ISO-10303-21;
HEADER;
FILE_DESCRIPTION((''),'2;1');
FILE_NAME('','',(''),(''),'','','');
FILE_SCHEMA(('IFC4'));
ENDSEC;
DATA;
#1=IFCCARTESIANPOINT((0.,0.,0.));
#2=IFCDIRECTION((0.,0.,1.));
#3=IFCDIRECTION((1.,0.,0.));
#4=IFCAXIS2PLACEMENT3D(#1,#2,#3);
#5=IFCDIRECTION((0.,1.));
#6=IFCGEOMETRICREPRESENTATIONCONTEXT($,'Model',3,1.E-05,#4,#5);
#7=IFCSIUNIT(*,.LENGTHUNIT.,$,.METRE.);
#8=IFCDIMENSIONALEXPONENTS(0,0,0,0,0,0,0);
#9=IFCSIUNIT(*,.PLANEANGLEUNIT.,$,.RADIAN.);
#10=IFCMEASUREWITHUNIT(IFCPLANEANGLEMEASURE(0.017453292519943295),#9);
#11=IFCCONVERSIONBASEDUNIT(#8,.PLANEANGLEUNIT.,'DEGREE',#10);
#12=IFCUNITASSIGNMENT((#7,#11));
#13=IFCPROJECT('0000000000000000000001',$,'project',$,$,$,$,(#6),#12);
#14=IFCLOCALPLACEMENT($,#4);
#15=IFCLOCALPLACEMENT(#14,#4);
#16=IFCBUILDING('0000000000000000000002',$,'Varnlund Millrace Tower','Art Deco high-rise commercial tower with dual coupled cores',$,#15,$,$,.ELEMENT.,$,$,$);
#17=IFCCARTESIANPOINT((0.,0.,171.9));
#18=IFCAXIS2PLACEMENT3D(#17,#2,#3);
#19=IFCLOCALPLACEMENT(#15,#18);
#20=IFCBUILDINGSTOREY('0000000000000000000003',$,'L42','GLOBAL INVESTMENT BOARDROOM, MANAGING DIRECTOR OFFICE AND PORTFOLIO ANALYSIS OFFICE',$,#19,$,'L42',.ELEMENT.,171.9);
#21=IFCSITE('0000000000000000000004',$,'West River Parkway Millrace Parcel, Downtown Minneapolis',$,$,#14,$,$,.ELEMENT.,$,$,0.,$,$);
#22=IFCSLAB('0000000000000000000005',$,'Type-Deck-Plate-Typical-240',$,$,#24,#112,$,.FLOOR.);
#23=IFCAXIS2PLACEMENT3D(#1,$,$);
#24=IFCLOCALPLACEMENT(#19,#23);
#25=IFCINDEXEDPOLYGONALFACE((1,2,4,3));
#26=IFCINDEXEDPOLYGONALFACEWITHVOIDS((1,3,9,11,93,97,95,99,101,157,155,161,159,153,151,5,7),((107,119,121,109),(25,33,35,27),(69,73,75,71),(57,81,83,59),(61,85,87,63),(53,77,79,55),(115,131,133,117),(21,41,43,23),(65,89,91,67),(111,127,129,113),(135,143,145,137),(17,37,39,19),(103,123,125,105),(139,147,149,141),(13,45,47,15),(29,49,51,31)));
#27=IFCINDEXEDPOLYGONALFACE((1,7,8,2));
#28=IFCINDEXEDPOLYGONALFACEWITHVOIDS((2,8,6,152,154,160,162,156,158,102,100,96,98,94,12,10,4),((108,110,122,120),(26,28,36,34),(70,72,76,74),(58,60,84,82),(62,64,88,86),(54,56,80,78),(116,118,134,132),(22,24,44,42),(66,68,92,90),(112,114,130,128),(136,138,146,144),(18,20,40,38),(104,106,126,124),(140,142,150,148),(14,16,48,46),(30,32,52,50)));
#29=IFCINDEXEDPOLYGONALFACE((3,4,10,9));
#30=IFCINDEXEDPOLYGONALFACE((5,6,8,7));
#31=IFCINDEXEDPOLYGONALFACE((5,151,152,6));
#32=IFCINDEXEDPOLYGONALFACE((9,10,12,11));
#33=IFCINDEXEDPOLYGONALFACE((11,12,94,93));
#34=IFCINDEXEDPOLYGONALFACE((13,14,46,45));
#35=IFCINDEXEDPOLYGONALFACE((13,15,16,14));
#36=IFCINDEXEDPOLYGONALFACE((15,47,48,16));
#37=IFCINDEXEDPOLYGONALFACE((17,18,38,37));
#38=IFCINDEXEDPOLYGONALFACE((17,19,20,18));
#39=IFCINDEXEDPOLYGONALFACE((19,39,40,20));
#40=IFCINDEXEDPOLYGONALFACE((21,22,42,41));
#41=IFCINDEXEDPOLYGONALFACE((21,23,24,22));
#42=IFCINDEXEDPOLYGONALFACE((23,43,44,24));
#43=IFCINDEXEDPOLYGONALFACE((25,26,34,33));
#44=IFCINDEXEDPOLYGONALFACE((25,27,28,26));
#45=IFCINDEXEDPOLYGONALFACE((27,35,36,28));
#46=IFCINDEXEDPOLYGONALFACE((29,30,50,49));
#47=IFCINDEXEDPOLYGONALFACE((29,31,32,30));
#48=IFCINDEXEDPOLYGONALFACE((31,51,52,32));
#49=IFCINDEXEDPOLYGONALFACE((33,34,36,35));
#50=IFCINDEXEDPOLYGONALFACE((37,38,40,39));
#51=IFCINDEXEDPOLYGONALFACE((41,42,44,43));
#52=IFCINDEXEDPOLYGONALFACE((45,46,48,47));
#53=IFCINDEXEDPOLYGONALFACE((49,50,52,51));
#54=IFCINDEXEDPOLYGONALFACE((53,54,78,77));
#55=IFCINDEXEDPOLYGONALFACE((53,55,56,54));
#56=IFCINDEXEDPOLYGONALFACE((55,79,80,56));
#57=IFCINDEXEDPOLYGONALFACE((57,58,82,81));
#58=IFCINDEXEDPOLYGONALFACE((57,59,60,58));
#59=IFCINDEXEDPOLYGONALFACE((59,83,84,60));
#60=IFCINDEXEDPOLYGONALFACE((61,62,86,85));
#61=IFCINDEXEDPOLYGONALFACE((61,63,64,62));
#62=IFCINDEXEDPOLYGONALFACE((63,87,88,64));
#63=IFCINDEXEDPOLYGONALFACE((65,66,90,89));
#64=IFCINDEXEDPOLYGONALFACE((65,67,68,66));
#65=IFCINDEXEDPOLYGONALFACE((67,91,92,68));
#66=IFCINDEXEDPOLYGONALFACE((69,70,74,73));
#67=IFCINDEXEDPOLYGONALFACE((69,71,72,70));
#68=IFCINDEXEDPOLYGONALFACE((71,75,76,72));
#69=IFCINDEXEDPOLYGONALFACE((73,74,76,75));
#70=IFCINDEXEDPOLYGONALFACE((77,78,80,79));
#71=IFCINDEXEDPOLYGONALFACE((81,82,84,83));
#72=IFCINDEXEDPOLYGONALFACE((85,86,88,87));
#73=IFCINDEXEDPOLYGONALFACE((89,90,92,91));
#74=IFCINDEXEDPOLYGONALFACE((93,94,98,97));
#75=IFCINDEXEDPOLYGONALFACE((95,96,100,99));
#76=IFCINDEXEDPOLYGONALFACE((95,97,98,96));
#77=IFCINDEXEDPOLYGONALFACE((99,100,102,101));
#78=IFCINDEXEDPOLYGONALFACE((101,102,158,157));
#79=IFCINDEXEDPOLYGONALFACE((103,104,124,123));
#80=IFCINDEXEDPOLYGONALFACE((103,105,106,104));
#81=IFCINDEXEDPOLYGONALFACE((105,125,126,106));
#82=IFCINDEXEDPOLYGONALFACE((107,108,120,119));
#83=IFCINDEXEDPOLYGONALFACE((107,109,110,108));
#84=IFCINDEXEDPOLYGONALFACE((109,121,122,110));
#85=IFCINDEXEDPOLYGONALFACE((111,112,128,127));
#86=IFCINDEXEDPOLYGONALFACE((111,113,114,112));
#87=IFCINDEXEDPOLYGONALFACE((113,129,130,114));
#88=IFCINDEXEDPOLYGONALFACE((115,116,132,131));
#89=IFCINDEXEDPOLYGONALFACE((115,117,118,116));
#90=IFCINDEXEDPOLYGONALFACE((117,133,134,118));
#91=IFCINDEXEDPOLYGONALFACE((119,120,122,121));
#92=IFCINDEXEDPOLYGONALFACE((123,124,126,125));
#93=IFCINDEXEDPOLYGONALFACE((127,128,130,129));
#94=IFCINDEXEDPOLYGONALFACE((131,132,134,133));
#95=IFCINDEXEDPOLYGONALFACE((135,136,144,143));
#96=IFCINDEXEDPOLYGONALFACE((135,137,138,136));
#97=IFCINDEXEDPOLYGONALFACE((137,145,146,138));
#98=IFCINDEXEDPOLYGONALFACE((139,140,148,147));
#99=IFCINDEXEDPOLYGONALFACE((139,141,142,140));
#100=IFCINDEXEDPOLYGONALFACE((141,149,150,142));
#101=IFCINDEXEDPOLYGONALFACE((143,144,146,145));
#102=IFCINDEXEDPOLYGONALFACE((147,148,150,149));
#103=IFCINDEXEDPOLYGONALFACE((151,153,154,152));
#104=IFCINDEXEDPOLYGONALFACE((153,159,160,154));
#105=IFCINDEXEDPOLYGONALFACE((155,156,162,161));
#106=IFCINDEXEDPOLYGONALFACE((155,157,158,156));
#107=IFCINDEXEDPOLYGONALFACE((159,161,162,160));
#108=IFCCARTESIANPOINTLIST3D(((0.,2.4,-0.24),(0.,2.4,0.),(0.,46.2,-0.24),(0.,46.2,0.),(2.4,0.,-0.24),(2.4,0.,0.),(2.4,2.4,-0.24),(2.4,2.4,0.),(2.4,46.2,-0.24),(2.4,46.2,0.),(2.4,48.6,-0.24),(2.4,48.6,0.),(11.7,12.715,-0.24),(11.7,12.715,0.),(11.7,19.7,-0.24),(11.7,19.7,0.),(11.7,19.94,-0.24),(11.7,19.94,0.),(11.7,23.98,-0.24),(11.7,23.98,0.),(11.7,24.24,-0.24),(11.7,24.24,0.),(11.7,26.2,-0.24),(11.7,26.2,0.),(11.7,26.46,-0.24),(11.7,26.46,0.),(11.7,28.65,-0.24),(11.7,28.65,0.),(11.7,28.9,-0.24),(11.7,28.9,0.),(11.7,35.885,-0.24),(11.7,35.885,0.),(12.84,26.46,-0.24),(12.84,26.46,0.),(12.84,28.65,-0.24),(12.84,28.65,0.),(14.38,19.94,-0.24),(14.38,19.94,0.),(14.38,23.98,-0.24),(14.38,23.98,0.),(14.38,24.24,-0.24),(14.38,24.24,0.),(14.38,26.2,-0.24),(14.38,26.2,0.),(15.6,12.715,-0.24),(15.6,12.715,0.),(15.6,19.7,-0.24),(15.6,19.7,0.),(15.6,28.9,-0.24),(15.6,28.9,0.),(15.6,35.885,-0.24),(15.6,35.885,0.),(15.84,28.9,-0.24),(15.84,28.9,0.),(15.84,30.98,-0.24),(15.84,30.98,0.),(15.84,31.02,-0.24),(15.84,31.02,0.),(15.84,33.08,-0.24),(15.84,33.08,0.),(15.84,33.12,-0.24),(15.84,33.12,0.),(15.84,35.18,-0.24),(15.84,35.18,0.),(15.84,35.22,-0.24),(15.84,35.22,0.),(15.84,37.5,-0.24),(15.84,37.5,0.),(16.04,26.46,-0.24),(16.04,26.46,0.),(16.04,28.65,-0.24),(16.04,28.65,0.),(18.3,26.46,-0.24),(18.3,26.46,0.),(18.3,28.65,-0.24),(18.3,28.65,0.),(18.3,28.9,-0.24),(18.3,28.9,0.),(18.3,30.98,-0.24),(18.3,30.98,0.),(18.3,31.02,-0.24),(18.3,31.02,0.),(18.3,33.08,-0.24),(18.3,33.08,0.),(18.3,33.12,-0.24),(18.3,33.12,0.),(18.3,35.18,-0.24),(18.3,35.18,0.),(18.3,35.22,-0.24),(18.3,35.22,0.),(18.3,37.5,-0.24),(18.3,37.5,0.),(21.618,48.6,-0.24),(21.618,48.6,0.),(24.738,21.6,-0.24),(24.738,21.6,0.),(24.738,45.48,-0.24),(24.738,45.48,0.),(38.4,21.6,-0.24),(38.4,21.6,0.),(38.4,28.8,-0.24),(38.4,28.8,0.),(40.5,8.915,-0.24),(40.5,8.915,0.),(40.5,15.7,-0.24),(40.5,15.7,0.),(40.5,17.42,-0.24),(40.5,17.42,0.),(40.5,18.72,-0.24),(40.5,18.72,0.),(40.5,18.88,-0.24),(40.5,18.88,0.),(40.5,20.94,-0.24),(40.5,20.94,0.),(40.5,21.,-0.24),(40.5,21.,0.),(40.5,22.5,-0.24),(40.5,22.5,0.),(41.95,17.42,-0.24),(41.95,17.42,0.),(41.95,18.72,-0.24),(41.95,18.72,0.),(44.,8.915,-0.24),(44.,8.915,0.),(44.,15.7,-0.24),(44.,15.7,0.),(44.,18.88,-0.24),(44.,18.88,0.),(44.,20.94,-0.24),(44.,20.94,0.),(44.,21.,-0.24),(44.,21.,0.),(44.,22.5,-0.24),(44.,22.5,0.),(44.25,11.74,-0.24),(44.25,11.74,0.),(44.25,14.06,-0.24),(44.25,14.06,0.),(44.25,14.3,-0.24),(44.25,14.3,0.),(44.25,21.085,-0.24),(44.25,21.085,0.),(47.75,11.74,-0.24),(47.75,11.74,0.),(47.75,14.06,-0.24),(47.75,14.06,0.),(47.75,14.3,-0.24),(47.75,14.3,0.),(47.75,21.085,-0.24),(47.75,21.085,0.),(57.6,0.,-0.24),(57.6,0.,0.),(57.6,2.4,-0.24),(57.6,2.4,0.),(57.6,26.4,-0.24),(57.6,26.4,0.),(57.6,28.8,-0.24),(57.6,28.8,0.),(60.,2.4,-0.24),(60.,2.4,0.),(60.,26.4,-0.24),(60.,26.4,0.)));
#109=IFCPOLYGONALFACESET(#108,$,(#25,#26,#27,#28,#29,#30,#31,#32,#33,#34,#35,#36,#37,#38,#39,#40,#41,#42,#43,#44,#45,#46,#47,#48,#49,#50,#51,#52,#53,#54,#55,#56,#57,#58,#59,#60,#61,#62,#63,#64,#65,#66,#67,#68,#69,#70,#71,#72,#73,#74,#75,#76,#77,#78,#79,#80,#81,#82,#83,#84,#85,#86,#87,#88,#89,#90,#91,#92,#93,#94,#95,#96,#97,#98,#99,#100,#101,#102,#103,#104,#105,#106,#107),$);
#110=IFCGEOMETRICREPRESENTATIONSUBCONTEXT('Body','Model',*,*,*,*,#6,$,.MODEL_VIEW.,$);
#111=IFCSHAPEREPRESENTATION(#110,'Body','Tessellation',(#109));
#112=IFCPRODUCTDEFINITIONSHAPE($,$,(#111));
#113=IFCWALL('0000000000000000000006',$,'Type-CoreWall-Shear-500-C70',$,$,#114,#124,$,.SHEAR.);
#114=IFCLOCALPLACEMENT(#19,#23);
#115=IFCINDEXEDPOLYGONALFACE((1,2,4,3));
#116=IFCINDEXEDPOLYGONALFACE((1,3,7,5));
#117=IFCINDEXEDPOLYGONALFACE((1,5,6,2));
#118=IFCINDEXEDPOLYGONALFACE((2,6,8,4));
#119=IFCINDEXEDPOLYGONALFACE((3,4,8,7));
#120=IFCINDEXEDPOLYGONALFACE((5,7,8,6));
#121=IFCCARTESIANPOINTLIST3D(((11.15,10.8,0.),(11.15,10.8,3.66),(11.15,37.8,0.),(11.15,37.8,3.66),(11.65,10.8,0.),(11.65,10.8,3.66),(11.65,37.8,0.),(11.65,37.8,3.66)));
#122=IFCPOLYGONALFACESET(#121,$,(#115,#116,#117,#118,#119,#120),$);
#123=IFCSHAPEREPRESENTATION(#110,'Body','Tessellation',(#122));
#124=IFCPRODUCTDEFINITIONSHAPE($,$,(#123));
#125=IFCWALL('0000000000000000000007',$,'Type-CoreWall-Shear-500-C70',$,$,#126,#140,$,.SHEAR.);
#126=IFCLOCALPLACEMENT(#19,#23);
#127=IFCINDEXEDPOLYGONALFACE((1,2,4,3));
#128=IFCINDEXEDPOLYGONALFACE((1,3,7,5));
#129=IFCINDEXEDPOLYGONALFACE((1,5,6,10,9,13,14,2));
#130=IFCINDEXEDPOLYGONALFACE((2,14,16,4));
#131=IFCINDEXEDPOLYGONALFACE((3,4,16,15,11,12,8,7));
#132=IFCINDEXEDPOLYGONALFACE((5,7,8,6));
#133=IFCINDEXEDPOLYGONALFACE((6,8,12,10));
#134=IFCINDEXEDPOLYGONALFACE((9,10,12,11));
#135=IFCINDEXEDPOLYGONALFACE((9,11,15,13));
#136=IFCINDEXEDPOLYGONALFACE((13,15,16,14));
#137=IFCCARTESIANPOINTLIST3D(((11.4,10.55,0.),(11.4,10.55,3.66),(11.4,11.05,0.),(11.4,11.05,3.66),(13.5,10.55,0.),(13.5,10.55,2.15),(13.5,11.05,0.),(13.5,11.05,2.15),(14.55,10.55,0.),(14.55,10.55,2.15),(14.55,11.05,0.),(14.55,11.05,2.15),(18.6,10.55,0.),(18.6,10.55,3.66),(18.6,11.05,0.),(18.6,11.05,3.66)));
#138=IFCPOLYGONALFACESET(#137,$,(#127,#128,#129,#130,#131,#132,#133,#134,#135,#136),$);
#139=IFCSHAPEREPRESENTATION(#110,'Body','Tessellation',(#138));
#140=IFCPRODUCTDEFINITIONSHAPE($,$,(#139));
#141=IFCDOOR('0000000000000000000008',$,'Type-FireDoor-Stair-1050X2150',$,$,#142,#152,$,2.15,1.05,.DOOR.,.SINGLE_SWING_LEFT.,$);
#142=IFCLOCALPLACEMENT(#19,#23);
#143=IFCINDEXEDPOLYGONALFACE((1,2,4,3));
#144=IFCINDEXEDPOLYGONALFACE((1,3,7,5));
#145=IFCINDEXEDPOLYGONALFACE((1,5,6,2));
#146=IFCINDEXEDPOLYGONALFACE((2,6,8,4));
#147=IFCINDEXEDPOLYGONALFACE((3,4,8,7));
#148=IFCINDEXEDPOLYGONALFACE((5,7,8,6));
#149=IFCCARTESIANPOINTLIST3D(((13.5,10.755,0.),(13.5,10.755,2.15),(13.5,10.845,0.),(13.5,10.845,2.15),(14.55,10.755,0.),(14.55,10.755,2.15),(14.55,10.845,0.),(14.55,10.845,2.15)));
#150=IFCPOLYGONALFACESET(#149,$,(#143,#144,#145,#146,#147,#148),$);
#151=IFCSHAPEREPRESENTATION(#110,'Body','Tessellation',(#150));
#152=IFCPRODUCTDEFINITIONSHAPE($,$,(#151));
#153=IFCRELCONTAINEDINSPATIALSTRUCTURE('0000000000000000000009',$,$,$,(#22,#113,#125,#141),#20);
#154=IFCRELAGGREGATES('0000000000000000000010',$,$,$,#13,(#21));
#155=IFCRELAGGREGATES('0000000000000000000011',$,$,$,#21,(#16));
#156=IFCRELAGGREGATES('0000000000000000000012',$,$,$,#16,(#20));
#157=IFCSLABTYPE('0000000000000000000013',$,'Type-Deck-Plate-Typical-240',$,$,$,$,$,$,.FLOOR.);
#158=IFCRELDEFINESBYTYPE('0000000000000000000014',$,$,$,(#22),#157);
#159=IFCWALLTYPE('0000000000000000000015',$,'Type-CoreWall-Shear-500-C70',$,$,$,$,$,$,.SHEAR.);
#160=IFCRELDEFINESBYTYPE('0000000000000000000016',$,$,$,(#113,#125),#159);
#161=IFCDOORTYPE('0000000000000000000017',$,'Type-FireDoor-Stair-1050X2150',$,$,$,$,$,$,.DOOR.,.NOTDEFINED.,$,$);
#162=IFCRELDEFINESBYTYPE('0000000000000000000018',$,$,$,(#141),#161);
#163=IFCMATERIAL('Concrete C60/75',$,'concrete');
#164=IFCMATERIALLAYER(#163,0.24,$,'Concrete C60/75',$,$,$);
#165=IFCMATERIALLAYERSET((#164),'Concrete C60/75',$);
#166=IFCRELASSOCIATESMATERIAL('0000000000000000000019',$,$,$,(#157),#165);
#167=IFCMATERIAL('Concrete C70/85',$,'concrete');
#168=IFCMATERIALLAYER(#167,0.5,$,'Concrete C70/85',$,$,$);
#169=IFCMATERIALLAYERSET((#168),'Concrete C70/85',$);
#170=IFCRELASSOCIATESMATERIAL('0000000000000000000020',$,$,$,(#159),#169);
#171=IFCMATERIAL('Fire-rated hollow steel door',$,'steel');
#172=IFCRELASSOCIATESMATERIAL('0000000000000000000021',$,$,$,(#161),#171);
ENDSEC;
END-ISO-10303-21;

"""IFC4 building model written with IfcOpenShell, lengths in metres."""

from ifc_helpers import new_model, entity, si_unit, converted_unit, direction, frame, origin_with_axes, origin_2d_with_axis, place, context, subcontext, project, spatial, polyline, rectangle, outline, extrude, material, layer, layer_set, type_object, element, fill, save


model = new_model("IFC4")

# Units and contexts
model_context = context("Model", 3, precision=1e-05, world=origin_with_axes(), true_north=direction((0.0, 1.0)))
body_context = subcontext(model_context, "Body", "Model", "MODEL_VIEW")
ifc_project = project(units=[si_unit("LENGTHUNIT", "METRE"), converted_unit("PLANEANGLEUNIT", "DEGREE", entity("IfcPlaneAngleMeasure", 0.017453292519943295), si_unit("PLANEANGLEUNIT", "RADIAN"), dimensions=[0, 0, 0, 0, 0, 0, 0])], contexts=[model_context])

# Site, building, storey
site_placement = place(None, origin_with_axes())
site = spatial("IfcSite", under=ifc_project, at=site_placement, Name="West River Parkway Millrace Parcel, Downtown Minneapolis", CompositionType="ELEMENT", RefElevation=0.0)
building_placement = place(site_placement, origin_with_axes())
building = spatial("IfcBuilding", under=site, at=building_placement, Name="Varnlund Millrace Tower", Description="Art Deco high-rise commercial tower with dual coupled cores", CompositionType="ELEMENT")
storey_placement = place(building_placement, frame((0.0, 0.0, 171.9), z_axis=(0.0, 0.0, 1.0), x_axis=(1.0, 0.0, 0.0)))
storey = spatial("IfcBuildingStorey", under=building, at=storey_placement, Name="L42", Description="GLOBAL INVESTMENT BOARDROOM, MANAGING DIRECTOR OFFICE AND PORTFOLIO ANALYSIS OFFICE", LongName="L42", CompositionType="ELEMENT", Elevation=171.9)

# Slab
ifc_material_1 = material(Name="Concrete C60/75", Category="concrete")
ifc_layer_1 = layer(ifc_material_1, 0.24, Name="Concrete C60/75")
ifc_layer_set_1 = layer_set([ifc_layer_1], Name="Concrete C60/75")
slab_type = type_object("IfcSlabType", Name="Type-Deck-Plate-Typical-240", PredefinedType="FLOOR", material=ifc_layer_set_1)
slab_placement = place(storey_placement, frame((0.0, 0.0, -0.24), z_axis=(0.0, 0.0, 1.0), x_axis=(1.0, 0.0, 0.0)))
element("IfcSlab", 1, at=slab_placement, inside=storey, type_object=slab_type, Name="Type-Deck-Plate-Typical-240", PredefinedType="FLOOR", context=body_context, shape_type="SweptSolid", body=[
    extrude(outline(polyline([(24.738, 21.6), (24.738, 45.48), (21.618, 48.6), (2.4, 48.6), (2.4, 46.2), (0.0, 46.2), (0.0, 2.4), (2.4, 2.4), (2.4, 0.0), (57.6, 0.0), (57.6, 2.4), (60.0, 2.4), (60.0, 26.4), (57.6, 26.4), (57.6, 28.8), (38.4, 28.8), (38.4, 21.6), (24.738, 21.6)]), holes=[polyline([(15.6, 12.715), (11.7, 12.715), (11.7, 19.7), (15.6, 19.7), (15.6, 12.715)]), polyline([(14.38, 23.98), (14.38, 19.94), (11.7, 19.94), (11.7, 23.98), (14.38, 23.98)]), polyline([(14.38, 24.24), (11.7, 24.24), (11.7, 26.2), (14.38, 26.2), (14.38, 24.24)]), polyline([(12.84, 26.46), (11.7, 26.46), (11.7, 28.65), (12.84, 28.65), (12.84, 26.46)]), polyline([(18.3, 28.9), (15.84, 28.9), (15.84, 30.98), (18.3, 30.98), (18.3, 28.9)]), polyline([(18.3, 31.02), (15.84, 31.02), (15.84, 33.08), (18.3, 33.08), (18.3, 31.02)]), polyline([(15.6, 28.9), (11.7, 28.9), (11.7, 35.885), (15.6, 35.885), (15.6, 28.9)]), polyline([(18.3, 33.12), (15.84, 33.12), (15.84, 35.18), (18.3, 35.18), (18.3, 33.12)]), polyline([(44.0, 8.915), (40.5, 8.915), (40.5, 15.7), (44.0, 15.7), (44.0, 8.915)]), polyline([(47.75, 11.74), (44.25, 11.74), (44.25, 14.06), (47.75, 14.06), (47.75, 11.74)]), polyline([(47.75, 14.3), (44.25, 14.3), (44.25, 21.085), (47.75, 21.085), (47.75, 14.3)]), polyline([(41.95, 17.42), (40.5, 17.42), (40.5, 18.72), (41.95, 18.72), (41.95, 17.42)]), polyline([(44.0, 18.88), (40.5, 18.88), (40.5, 20.94), (44.0, 20.94), (44.0, 18.88)]), polyline([(44.0, 21.0), (40.5, 21.0), (40.5, 22.5), (44.0, 22.5), (44.0, 21.0)]), polyline([(16.04, 26.46), (16.04, 28.65), (18.3, 28.65), (18.3, 26.46), (16.04, 26.46)]), polyline([(15.84, 35.22), (15.84, 37.5), (18.3, 37.5), (18.3, 35.22), (15.84, 35.22)])]), origin_with_axes(), (0.0, 0.0, 1.0), 0.24),
])

# Wall
ifc_material_2 = material(Name="Concrete C70/85", Category="concrete")
ifc_layer_2 = layer(ifc_material_2, 0.5, Name="Concrete C70/85")
ifc_layer_set_2 = layer_set([ifc_layer_2], Name="Concrete C70/85")
wall_type_1 = type_object("IfcWallType", Name="Type-CoreWall-Shear-500-C70", PredefinedType="SHEAR", material=ifc_layer_set_2)
wall_1_placement = place(storey_placement, frame((11.4, 10.8, 0.0), z_axis=(0.0, 0.0, 1.0), x_axis=(0.0, 1.0, 0.0)))
element("IfcWall", 2, at=wall_1_placement, inside=storey, type_object=wall_type_1, Name="Type-CoreWall-Shear-500-C70", PredefinedType="SHEAR", context=body_context, shape_type="SweptSolid", body=[
    extrude(outline(polyline([(0.0, -0.25), (27.0, -0.25), (27.0, 0.25), (0.0, 0.25), (0.0, -0.25)])), origin_with_axes(), (0.0, 0.0, 1.0), 3.66),
])

# Wall, opening, door
wall_2_placement = place(storey_placement, frame((11.4, 10.8, 0.0), z_axis=(0.0, 0.0, 1.0), x_axis=(1.0, 0.0, 0.0)))
wall_2 = element("IfcWall", 3, at=wall_2_placement, inside=storey, type_object=wall_type_1, Name="Type-CoreWall-Shear-500-C70", PredefinedType="SHEAR", context=body_context, shape_type="SweptSolid", body=[
    extrude(outline(polyline([(0.0, -0.25), (7.2, -0.25), (7.2, 0.25), (0.0, 0.25), (0.0, -0.25)])), origin_with_axes(), (0.0, 0.0, 1.0), 3.66),
])
opening_1_placement = place(wall_2_placement, frame((2.625, 0.0, 0.0), z_axis=(0.0, 0.0, 1.0), x_axis=(1.0, 0.0, 0.0)))
opening_1 = element("IfcOpeningElement", 4, at=opening_1_placement, cuts=wall_2, PredefinedType="OPENING", context=body_context, shape_type="SweptSolid", body=[
    extrude(rectangle(XDim=1.05, YDim=0.52, at=origin_2d_with_axis()), origin_with_axes(), (0.0, 0.0, 1.0), 2.15),
])
ifc_material_3 = material(Name="Fire-rated hollow steel door", Category="steel")
door_type_1 = type_object("IfcDoorType", Name="Type-FireDoor-Stair-1050X2150", OperationType="NOTDEFINED", PredefinedType="DOOR", material=ifc_material_3)
door_1_placement = place(wall_2_placement, frame((2.625, 0.0, 0.0), z_axis=(0.0, 0.0, 1.0), x_axis=(1.0, 0.0, 0.0)))
door_1 = element("IfcDoor", 5, at=door_1_placement, inside=storey, type_object=door_type_1, Name="Type-FireDoor-Stair-1050X2150", OperationType="SINGLE_SWING_LEFT", OverallHeight=2.15, OverallWidth=1.05, PredefinedType="DOOR", context=body_context, shape_type="SweptSolid", body=[
    extrude(rectangle(XDim=1.05, YDim=0.09, at=origin_2d_with_axis()), origin_with_axes(), (0.0, 0.0, 1.0), 2.15),
])
fill(opening_1, door_1)

save(model, "model.ifc")
